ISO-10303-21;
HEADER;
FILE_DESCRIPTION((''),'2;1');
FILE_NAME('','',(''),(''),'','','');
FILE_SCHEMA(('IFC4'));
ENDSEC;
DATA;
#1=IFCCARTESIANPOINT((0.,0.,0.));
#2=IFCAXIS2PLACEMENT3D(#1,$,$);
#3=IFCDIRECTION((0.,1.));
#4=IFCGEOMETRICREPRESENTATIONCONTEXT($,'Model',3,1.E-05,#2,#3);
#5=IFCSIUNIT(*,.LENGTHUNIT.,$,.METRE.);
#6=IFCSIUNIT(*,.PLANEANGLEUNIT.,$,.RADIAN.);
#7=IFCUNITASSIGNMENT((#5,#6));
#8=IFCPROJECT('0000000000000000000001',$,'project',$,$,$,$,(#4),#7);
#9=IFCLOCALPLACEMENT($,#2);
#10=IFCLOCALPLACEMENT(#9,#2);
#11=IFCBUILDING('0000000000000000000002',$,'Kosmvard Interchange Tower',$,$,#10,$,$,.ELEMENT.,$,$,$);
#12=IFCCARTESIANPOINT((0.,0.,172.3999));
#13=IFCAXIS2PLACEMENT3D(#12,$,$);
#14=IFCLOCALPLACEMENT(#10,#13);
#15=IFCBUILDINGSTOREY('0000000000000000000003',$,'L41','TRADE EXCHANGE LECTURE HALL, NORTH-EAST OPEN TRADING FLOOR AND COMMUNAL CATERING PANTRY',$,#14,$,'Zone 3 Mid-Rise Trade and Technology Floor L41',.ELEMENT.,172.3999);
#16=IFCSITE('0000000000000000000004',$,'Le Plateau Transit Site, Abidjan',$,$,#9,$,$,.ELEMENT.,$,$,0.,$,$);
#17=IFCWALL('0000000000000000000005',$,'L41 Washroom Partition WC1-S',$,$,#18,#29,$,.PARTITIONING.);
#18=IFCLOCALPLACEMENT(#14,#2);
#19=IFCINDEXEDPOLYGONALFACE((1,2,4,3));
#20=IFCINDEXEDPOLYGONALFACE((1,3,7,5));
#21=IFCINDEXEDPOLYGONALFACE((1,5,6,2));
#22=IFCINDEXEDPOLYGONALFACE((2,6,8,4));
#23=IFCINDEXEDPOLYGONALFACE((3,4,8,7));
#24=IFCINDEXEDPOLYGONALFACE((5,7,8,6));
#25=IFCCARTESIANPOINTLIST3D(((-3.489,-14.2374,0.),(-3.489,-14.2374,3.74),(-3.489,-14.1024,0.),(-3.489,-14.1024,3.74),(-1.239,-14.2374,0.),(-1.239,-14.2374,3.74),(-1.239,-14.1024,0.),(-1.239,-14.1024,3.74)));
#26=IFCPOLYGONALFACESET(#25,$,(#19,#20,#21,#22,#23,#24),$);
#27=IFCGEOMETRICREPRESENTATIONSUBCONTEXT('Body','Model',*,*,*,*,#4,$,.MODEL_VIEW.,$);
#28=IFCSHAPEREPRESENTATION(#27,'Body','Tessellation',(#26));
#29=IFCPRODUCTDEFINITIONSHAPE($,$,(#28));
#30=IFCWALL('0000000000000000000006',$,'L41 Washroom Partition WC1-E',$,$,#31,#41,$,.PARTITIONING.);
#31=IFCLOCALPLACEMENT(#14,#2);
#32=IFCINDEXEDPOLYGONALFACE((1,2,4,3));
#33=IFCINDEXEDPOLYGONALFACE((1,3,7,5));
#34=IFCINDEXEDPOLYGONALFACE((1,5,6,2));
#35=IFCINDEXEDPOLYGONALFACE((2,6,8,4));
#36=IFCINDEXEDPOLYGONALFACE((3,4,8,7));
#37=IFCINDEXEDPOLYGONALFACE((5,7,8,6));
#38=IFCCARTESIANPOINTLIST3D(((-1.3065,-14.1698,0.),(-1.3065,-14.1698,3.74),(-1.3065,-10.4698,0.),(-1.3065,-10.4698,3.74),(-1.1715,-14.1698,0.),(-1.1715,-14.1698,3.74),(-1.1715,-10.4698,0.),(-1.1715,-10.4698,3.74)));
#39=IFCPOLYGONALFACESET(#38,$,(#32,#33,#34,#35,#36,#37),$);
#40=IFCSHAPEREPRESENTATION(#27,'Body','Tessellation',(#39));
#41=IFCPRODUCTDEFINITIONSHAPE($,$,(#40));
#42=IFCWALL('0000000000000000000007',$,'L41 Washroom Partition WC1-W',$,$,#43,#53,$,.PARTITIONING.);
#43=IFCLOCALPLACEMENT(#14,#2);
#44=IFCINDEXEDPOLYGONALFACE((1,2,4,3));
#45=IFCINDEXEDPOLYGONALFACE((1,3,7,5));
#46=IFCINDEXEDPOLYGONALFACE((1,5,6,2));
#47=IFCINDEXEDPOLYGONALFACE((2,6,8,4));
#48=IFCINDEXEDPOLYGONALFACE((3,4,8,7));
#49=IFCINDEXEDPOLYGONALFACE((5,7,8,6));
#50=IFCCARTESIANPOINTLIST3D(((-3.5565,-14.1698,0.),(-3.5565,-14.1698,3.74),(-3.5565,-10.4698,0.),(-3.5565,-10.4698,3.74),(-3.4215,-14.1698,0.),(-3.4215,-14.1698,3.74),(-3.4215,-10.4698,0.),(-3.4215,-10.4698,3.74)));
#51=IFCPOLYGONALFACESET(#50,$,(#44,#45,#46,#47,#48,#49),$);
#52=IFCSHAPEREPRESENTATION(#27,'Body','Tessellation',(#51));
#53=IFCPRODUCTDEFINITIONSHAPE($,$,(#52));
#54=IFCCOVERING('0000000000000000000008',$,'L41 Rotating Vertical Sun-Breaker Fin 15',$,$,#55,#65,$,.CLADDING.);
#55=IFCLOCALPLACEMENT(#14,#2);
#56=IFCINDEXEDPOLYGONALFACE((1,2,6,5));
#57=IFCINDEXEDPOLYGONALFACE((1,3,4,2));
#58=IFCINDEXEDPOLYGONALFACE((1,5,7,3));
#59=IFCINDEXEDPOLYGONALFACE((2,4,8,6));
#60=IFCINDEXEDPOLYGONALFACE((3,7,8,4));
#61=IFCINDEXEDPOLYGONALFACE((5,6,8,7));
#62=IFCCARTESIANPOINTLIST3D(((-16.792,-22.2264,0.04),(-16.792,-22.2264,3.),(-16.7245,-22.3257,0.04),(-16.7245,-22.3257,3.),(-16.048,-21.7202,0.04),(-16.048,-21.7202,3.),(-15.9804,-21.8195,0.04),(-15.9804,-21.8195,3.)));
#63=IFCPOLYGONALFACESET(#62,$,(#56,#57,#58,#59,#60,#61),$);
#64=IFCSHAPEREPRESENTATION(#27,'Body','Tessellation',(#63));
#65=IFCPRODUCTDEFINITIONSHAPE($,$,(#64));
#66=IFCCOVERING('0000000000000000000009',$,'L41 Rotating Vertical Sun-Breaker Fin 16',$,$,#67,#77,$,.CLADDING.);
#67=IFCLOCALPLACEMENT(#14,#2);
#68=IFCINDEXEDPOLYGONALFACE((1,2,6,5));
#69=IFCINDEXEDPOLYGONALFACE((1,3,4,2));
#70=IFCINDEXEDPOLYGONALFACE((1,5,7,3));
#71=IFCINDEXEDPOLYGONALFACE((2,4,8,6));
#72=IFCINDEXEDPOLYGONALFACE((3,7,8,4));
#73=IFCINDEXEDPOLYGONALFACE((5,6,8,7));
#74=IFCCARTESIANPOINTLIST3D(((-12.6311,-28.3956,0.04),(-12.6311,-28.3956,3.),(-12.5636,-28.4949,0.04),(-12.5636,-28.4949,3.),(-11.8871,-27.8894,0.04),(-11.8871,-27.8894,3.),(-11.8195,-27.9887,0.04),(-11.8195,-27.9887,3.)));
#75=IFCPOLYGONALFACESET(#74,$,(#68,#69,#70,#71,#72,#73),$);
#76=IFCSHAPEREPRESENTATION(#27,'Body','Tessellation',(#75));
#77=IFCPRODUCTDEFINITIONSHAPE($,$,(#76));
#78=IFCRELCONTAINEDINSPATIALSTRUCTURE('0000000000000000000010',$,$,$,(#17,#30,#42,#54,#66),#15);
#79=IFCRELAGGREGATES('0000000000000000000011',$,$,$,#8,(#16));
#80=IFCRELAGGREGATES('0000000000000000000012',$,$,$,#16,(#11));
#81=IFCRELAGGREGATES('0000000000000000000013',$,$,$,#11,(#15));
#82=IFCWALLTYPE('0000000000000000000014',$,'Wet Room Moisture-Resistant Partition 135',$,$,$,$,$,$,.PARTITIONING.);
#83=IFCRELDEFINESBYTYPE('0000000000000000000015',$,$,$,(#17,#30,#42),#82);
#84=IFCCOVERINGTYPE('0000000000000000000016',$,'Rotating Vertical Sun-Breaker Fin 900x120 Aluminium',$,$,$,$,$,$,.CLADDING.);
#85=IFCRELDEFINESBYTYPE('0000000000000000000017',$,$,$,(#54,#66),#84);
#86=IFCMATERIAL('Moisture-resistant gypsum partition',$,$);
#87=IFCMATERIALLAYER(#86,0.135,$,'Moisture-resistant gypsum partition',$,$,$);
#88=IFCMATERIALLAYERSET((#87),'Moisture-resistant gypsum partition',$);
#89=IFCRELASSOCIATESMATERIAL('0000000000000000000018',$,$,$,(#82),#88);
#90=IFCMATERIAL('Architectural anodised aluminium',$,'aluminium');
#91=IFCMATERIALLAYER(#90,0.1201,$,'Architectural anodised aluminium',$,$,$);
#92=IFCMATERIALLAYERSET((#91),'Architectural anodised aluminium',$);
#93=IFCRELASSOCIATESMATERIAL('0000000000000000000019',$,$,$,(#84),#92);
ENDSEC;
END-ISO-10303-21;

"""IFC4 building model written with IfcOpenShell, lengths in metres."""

from ifc_helpers import new_model, si_unit, direction, frame, frame_2d, origin, origin_2d, place, context, subcontext, project, spatial, rectangle, extrude, source, transform, mapped, material, layer, layer_set, type_object, element, save


model = new_model("IFC4")

# Units and contexts
model_context = context("Model", 3, precision=1e-05, world=origin(), true_north=direction((0.0, 1.0)))
body_context = subcontext(model_context, "Body", "Model", "MODEL_VIEW")
ifc_project = project(units=[si_unit("LENGTHUNIT", "METRE"), si_unit("PLANEANGLEUNIT", "RADIAN")], contexts=[model_context])

# Site, building, storey
site_placement = place(None, origin())
site = spatial("IfcSite", under=ifc_project, at=site_placement, Name="Le Plateau Transit Site, Abidjan", CompositionType="ELEMENT", RefElevation=0.0)
building_placement = place(site_placement, origin())
building = spatial("IfcBuilding", under=site, at=building_placement, Name="Kosmvard Interchange Tower", CompositionType="ELEMENT")
storey_placement = place(building_placement, frame((0.0, 0.0, 172.3999)))
storey = spatial("IfcBuildingStorey", under=building, at=storey_placement, Name="L41", Description="TRADE EXCHANGE LECTURE HALL, NORTH-EAST OPEN TRADING FLOOR AND COMMUNAL CATERING PANTRY", LongName="Zone 3 Mid-Rise Trade and Technology Floor L41", CompositionType="ELEMENT", Elevation=172.3999)

# Walls
ifc_material_1 = material(Name="Moisture-resistant gypsum partition")
ifc_layer_1 = layer(ifc_material_1, 0.135, Name="Moisture-resistant gypsum partition")
ifc_layer_set_1 = layer_set([ifc_layer_1], Name="Moisture-resistant gypsum partition")
wall_type_1 = type_object("IfcWallType", Name="Wet Room Moisture-Resistant Partition 135", PredefinedType="PARTITIONING", material=ifc_layer_set_1)
wall_1_placement = place(storey_placement, frame((-3.489, -14.1699, 0.0), z_axis=(0.0, 0.0, 1.0), x_axis=(1.0, 0.0, 0.0)))
element("IfcWall", 1, at=wall_1_placement, inside=storey, type_object=wall_type_1, Name="L41 Washroom Partition WC1-S", PredefinedType="PARTITIONING", context=body_context, shape_type="SweptSolid", body=[
    extrude(rectangle(XDim=2.25, YDim=0.135, at=frame_2d((1.125, 0.0))), origin(), (0.0, 0.0, 1.0), 3.74),
])
for number, where, z_axis, x_axis, name in (
    (2, (-1.239, -14.1699, 0.0), (0.0, 0.0, 1.0), (0.0, 1.0, 0.0), "L41 Washroom Partition WC1-E"),
    (3, (-3.489, -14.1699, 0.0), (0.0, 0.0, 1.0), (0.0, 1.0, 0.0), "L41 Washroom Partition WC1-W"),
):
    element("IfcWall", number, at=place(storey_placement, frame(where, z_axis=z_axis, x_axis=x_axis)), inside=storey, type_object=wall_type_1, Name=name, PredefinedType="PARTITIONING", context=body_context, shape_type="SweptSolid", body=[
        extrude(rectangle(XDim=3.7, YDim=0.135, at=frame_2d((1.8501, 0.0))), origin(), (0.0, 0.0, 1.0), 3.74),
    ])

# Coverings
ifc_material_2 = material(Name="Architectural anodised aluminium", Category="aluminium")
ifc_layer_2 = layer(ifc_material_2, 0.1201, Name="Architectural anodised aluminium")
ifc_layer_set_2 = layer_set([ifc_layer_2], Name="Architectural anodised aluminium")
covering_type = type_object("IfcCoveringType", Name="Rotating Vertical Sun-Breaker Fin 900x120 Aluminium", PredefinedType="CLADDING", material=ifc_layer_set_2)
shared_shape_1 = source(origin(), body_context, "Body", "SweptSolid", [
    extrude(rectangle(XDim=0.8999, YDim=0.1201, at=origin_2d()), origin(), (0.0, 0.0, 1.0), 2.96),
])
for number, where, z_axis, x_axis, name in (
    (4, (-16.3862, -22.0229, 0.04), (0.0, 0.0, 1.0), (-0.826786, -0.562516, 0.0), "L41 Rotating Vertical Sun-Breaker Fin 15"),
    (5, (-12.2253, -28.1921, 0.04), (0.0, 0.0, 1.0), (-0.826786, -0.562516, 0.0), "L41 Rotating Vertical Sun-Breaker Fin 16"),
):
    element("IfcCovering", number, at=place(storey_placement, frame(where, z_axis=z_axis, x_axis=x_axis)), inside=storey, type_object=covering_type, Name=name, PredefinedType="CLADDING", context=body_context, shape_type="MappedRepresentation", body=[
        mapped(shared_shape_1, transform((0.0, 0.0, 0.0), scale=1.0)),
    ])

save(model, "model.ifc")
